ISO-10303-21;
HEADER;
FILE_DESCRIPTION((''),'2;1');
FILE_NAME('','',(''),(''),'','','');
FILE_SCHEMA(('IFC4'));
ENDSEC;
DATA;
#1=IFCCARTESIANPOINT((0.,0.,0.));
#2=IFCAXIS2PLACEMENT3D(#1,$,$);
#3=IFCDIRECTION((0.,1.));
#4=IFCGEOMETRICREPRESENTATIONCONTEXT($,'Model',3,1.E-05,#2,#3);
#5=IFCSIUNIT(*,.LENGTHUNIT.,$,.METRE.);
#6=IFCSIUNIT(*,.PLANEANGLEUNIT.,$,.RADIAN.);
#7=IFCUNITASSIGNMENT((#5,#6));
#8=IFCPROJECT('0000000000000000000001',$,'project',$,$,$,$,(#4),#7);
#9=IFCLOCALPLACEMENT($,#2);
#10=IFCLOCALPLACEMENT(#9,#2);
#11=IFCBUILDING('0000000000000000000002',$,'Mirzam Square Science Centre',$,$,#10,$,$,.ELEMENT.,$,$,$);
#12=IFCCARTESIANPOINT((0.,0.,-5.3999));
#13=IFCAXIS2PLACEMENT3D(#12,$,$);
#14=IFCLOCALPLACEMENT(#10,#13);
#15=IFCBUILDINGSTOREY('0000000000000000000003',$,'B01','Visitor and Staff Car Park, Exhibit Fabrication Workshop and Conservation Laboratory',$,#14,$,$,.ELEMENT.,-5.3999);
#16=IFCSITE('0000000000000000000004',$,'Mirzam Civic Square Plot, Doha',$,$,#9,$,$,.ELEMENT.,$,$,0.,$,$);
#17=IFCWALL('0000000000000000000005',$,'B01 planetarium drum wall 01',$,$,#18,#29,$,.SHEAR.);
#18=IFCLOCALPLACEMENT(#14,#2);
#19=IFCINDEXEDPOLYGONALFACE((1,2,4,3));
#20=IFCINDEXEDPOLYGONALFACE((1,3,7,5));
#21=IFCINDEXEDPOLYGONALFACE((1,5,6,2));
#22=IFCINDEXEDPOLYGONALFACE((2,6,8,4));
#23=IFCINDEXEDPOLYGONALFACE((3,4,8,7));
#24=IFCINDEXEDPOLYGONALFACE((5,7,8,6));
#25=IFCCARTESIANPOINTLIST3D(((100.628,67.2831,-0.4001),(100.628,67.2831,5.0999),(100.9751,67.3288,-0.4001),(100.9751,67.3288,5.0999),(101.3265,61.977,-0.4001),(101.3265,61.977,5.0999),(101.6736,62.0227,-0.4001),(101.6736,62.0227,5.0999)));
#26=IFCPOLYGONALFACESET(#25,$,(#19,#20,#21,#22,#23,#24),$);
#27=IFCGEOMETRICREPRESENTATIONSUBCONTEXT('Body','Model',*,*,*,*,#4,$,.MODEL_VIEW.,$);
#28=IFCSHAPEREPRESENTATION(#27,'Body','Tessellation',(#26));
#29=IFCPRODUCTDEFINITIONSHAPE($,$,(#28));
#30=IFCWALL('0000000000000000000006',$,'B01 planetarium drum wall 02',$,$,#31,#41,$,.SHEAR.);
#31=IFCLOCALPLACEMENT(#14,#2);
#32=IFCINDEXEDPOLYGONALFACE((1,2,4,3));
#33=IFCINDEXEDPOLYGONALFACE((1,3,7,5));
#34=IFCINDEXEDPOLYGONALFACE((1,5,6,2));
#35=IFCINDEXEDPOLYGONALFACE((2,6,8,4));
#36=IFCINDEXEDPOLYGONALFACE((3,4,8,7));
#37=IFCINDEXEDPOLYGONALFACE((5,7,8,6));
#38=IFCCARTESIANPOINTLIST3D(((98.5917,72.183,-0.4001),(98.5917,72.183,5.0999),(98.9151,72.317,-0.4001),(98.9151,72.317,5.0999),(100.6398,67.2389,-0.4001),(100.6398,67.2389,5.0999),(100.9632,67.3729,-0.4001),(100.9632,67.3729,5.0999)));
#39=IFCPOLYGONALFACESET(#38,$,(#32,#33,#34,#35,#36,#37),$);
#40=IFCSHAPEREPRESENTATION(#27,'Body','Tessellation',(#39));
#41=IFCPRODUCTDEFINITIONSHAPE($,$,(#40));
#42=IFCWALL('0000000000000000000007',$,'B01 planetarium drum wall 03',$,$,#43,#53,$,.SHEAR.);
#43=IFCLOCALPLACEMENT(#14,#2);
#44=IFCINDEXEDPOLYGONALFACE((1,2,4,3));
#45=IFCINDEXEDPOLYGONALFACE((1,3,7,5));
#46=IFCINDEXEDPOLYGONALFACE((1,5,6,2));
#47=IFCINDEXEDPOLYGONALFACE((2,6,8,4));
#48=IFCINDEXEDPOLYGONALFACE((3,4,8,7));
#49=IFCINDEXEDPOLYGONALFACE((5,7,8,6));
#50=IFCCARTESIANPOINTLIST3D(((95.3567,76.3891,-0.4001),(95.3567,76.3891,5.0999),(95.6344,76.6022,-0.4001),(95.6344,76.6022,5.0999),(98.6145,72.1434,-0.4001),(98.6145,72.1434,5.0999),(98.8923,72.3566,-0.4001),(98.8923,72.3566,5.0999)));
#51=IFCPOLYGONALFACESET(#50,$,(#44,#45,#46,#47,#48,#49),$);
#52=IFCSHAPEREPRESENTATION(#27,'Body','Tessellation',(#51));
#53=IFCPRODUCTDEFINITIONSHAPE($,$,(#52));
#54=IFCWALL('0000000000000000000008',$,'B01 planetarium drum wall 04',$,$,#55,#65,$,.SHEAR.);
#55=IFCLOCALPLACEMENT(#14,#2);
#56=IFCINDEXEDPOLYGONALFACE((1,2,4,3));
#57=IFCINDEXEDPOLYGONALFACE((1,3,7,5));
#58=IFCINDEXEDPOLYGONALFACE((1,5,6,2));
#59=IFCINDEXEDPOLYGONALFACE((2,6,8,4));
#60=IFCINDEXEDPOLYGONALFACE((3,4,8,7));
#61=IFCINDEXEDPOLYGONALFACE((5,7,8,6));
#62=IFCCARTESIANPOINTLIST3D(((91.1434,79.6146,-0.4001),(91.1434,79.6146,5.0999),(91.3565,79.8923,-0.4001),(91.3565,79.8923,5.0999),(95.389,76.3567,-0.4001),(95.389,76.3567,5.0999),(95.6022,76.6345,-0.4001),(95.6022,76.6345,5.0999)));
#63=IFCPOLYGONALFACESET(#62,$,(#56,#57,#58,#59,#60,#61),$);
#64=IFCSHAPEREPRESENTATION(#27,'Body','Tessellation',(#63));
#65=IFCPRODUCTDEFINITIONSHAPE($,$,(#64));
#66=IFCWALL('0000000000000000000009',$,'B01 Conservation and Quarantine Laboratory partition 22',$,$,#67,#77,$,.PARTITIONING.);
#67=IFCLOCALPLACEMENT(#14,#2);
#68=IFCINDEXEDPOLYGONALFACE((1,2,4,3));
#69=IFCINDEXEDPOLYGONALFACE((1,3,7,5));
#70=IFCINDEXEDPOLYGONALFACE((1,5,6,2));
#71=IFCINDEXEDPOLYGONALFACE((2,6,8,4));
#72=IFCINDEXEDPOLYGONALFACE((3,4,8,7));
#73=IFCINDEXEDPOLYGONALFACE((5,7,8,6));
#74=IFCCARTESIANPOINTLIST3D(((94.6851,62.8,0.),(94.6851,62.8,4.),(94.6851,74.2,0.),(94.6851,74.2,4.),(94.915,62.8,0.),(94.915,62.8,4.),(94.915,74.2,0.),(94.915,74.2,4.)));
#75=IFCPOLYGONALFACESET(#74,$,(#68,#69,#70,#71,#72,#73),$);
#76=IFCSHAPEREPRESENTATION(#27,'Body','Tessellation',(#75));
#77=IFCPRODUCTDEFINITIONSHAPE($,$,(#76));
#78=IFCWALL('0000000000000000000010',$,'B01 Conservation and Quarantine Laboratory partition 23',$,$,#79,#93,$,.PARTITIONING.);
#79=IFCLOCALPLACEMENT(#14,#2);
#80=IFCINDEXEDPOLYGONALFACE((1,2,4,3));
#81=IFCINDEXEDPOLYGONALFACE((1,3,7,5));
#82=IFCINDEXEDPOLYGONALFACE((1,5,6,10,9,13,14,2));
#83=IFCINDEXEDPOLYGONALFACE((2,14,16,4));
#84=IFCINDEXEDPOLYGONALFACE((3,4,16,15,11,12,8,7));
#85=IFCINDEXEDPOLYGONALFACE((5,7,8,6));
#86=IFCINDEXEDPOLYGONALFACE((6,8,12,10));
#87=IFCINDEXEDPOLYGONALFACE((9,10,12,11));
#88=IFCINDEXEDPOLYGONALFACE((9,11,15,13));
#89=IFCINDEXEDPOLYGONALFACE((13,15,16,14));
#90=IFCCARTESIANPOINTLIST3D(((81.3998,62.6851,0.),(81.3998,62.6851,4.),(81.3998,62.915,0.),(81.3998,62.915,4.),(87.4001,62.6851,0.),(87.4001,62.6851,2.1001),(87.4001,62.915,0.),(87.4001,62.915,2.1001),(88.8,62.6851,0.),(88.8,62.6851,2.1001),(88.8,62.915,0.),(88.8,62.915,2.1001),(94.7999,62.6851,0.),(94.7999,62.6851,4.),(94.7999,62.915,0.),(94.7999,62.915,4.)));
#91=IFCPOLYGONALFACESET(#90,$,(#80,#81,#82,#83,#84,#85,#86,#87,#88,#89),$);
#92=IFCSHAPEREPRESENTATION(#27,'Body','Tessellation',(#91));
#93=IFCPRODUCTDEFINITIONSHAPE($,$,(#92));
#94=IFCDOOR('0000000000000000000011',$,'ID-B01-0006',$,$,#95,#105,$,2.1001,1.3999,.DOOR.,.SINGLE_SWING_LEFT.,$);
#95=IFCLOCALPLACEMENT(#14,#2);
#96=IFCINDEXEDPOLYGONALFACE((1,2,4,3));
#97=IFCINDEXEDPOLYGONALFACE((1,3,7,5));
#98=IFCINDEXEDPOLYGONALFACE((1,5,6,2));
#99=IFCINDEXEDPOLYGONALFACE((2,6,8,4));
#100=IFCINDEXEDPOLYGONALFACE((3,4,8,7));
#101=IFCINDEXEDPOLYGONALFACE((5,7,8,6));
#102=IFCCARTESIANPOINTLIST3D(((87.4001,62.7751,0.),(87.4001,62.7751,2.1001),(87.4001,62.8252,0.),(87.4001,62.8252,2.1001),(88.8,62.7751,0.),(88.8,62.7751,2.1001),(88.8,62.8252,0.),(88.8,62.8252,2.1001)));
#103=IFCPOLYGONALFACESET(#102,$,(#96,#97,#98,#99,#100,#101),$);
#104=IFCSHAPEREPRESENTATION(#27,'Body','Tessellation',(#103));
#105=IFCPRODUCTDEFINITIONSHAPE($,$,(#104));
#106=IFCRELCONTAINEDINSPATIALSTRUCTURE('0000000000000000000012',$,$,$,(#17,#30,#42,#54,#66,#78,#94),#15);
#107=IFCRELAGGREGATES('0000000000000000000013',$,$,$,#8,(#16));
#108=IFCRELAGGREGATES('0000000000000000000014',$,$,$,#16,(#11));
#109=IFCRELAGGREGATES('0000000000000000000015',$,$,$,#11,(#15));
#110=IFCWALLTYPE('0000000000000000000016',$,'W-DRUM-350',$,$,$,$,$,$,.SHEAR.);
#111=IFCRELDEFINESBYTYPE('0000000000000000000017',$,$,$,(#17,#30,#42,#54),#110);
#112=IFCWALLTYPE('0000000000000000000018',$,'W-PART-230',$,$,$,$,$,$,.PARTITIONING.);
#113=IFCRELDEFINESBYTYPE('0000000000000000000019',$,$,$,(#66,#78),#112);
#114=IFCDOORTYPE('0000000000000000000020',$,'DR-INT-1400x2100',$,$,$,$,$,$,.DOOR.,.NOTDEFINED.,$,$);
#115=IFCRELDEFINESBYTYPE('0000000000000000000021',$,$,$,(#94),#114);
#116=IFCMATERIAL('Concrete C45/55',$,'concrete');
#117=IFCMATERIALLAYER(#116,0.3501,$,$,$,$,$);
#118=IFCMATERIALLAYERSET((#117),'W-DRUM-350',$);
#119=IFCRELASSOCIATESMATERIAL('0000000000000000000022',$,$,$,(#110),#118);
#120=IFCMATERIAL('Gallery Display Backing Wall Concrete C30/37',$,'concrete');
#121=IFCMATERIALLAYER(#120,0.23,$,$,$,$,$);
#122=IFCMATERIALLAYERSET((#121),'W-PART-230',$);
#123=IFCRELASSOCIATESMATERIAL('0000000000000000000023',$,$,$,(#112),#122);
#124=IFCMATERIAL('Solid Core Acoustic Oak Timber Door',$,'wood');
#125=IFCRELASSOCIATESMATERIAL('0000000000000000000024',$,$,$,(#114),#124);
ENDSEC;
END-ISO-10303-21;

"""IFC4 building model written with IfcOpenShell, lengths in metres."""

from ifc_helpers import new_model, si_unit, direction, frame, frame_2d, origin, place, context, subcontext, project, spatial, rectangle, extrude, material, layer, layer_set, type_object, element, fill, save


model = new_model("IFC4")

# Units and contexts
model_context = context("Model", 3, precision=1e-05, world=origin(), true_north=direction((0.0, 1.0)))
body_context = subcontext(model_context, "Body", "Model", "MODEL_VIEW")
ifc_project = project(units=[si_unit("LENGTHUNIT", "METRE"), si_unit("PLANEANGLEUNIT", "RADIAN")], contexts=[model_context])

# Site, building, storey
site_placement = place(None, origin())
site = spatial("IfcSite", under=ifc_project, at=site_placement, Name="Mirzam Civic Square Plot, Doha", CompositionType="ELEMENT", RefElevation=0.0)
building_placement = place(site_placement, origin())
building = spatial("IfcBuilding", under=site, at=building_placement, Name="Mirzam Square Science Centre", CompositionType="ELEMENT")
storey_placement = place(building_placement, frame((0.0, 0.0, -5.3999)))
storey = spatial("IfcBuildingStorey", under=building, at=storey_placement, Name="B01", Description="Visitor and Staff Car Park, Exhibit Fabrication Workshop and Conservation Laboratory", CompositionType="ELEMENT", Elevation=-5.3999)

# Shared definitions
ifc_material_1 = material(Name="Concrete C45/55", Category="concrete")

# Walls
ifc_layer_1 = layer(ifc_material_1, 0.3501)
ifc_layer_set_1 = layer_set([ifc_layer_1], Name="W-DRUM-350")
wall_type_1 = type_object("IfcWallType", Name="W-DRUM-350", PredefinedType="SHEAR", material=ifc_layer_set_1)
wall_1_placement = place(storey_placement, frame((101.5, 62.0, -0.4001), z_axis=(0.0, 0.0, 1.0), x_axis=(-0.130517, 0.991446, 0.0)))
element("IfcWall", 1, at=wall_1_placement, inside=storey, type_object=wall_type_1, Name="B01 planetarium drum wall 01", PredefinedType="SHEAR", context=body_context, shape_type="SweptSolid", body=[
    extrude(rectangle(XDim=5.3518, YDim=0.3501, at=frame_2d((2.6758, 0.0))), origin(), (0.0, 0.0, 1.0), 5.5),
])
for number, where, z_axis, x_axis, name in (
    (2, (100.8015, 67.3059, -0.4001), (0.0, 0.0, 1.0), (-0.382713, 0.923867, 0.0), "B01 planetarium drum wall 02"),
    (3, (98.7534, 72.25, -0.4001), (0.0, 0.0, 1.0), (-0.608767, 0.793349, 0.0), "B01 planetarium drum wall 03"),
    (4, (95.4956, 76.4956, -0.4001), (0.0, 0.0, 1.0), (-0.793349, 0.608767, 0.0), "B01 planetarium drum wall 04"),
):
    element("IfcWall", number, at=place(storey_placement, frame(where, z_axis=z_axis, x_axis=x_axis)), inside=storey, type_object=wall_type_1, Name=name, PredefinedType="SHEAR", context=body_context, shape_type="SweptSolid", body=[
        extrude(rectangle(XDim=5.3516, YDim=0.3501, at=frame_2d((2.6758, 0.0))), origin(), (0.0, 0.0, 1.0), 5.5),
    ])
ifc_material_2 = material(Name="Gallery Display Backing Wall Concrete C30/37", Category="concrete")
ifc_layer_2 = layer(ifc_material_2, 0.23)
ifc_layer_set_2 = layer_set([ifc_layer_2], Name="W-PART-230")
wall_type_2 = type_object("IfcWallType", Name="W-PART-230", PredefinedType="PARTITIONING", material=ifc_layer_set_2)
wall_2_placement = place(storey_placement, frame((94.8, 74.2, 0.0), z_axis=(0.0, 0.0, 1.0), x_axis=(0.0, -1.0, 0.0)))
element("IfcWall", 5, at=wall_2_placement, inside=storey, type_object=wall_type_2, Name="B01 Conservation and Quarantine Laboratory partition 22", PredefinedType="PARTITIONING", context=body_context, shape_type="SweptSolid", body=[
    extrude(rectangle(XDim=11.3999, YDim=0.23, at=frame_2d((5.7, 0.0))), origin(), (0.0, 0.0, 1.0), 4.0),
])

# Wall, opening, door
wall_3_placement = place(storey_placement, frame((94.8, 62.8, 0.0), z_axis=(0.0, 0.0, 1.0), x_axis=(-1.0, 0.0, 0.0)))
wall_3 = element("IfcWall", 6, at=wall_3_placement, inside=storey, type_object=wall_type_2, Name="B01 Conservation and Quarantine Laboratory partition 23", PredefinedType="PARTITIONING", context=body_context, shape_type="SweptSolid", body=[
    extrude(rectangle(XDim=13.4001, YDim=0.23, at=frame_2d((6.7002, 0.0))), origin(), (0.0, 0.0, 1.0), 4.0),
])
opening_placement = place(wall_3_placement, frame((6.0, 0.0, 0.0)))
opening = element("IfcOpeningElement", 7, at=opening_placement, cuts=wall_3, PredefinedType="OPENING", context=body_context, shape_type="SweptSolid", body=[
    extrude(rectangle(XDim=1.3999, YDim=2.1001, at=frame_2d((0.7, 1.05))), frame((0.0, 0.125, 0.0), z_axis=(0.0, -1.0, 0.0), x_axis=(1.0, 0.0, 0.0)), (0.0, 0.0, 1.0), 0.25),
])
ifc_material_3 = material(Name="Solid Core Acoustic Oak Timber Door", Category="wood")
door_type = type_object("IfcDoorType", Name="DR-INT-1400x2100", OperationType="NOTDEFINED", PredefinedType="DOOR", material=ifc_material_3)
door_placement = place(opening_placement, origin())
door = element("IfcDoor", 8, at=door_placement, inside=storey, type_object=door_type, Name="ID-B01-0006", OperationType="SINGLE_SWING_LEFT", OverallHeight=2.1001, OverallWidth=1.3999, PredefinedType="DOOR", context=body_context, shape_type="SweptSolid", body=[
    extrude(rectangle(XDim=1.3999, YDim=2.1001, at=frame_2d((0.7, 1.05))), frame((0.0, 0.0249, 0.0), z_axis=(0.0, -1.0, 0.0), x_axis=(1.0, 0.0, 0.0)), (0.0, 0.0, 1.0), 0.05),
])
fill(opening, door)

save(model, "model.ifc")
